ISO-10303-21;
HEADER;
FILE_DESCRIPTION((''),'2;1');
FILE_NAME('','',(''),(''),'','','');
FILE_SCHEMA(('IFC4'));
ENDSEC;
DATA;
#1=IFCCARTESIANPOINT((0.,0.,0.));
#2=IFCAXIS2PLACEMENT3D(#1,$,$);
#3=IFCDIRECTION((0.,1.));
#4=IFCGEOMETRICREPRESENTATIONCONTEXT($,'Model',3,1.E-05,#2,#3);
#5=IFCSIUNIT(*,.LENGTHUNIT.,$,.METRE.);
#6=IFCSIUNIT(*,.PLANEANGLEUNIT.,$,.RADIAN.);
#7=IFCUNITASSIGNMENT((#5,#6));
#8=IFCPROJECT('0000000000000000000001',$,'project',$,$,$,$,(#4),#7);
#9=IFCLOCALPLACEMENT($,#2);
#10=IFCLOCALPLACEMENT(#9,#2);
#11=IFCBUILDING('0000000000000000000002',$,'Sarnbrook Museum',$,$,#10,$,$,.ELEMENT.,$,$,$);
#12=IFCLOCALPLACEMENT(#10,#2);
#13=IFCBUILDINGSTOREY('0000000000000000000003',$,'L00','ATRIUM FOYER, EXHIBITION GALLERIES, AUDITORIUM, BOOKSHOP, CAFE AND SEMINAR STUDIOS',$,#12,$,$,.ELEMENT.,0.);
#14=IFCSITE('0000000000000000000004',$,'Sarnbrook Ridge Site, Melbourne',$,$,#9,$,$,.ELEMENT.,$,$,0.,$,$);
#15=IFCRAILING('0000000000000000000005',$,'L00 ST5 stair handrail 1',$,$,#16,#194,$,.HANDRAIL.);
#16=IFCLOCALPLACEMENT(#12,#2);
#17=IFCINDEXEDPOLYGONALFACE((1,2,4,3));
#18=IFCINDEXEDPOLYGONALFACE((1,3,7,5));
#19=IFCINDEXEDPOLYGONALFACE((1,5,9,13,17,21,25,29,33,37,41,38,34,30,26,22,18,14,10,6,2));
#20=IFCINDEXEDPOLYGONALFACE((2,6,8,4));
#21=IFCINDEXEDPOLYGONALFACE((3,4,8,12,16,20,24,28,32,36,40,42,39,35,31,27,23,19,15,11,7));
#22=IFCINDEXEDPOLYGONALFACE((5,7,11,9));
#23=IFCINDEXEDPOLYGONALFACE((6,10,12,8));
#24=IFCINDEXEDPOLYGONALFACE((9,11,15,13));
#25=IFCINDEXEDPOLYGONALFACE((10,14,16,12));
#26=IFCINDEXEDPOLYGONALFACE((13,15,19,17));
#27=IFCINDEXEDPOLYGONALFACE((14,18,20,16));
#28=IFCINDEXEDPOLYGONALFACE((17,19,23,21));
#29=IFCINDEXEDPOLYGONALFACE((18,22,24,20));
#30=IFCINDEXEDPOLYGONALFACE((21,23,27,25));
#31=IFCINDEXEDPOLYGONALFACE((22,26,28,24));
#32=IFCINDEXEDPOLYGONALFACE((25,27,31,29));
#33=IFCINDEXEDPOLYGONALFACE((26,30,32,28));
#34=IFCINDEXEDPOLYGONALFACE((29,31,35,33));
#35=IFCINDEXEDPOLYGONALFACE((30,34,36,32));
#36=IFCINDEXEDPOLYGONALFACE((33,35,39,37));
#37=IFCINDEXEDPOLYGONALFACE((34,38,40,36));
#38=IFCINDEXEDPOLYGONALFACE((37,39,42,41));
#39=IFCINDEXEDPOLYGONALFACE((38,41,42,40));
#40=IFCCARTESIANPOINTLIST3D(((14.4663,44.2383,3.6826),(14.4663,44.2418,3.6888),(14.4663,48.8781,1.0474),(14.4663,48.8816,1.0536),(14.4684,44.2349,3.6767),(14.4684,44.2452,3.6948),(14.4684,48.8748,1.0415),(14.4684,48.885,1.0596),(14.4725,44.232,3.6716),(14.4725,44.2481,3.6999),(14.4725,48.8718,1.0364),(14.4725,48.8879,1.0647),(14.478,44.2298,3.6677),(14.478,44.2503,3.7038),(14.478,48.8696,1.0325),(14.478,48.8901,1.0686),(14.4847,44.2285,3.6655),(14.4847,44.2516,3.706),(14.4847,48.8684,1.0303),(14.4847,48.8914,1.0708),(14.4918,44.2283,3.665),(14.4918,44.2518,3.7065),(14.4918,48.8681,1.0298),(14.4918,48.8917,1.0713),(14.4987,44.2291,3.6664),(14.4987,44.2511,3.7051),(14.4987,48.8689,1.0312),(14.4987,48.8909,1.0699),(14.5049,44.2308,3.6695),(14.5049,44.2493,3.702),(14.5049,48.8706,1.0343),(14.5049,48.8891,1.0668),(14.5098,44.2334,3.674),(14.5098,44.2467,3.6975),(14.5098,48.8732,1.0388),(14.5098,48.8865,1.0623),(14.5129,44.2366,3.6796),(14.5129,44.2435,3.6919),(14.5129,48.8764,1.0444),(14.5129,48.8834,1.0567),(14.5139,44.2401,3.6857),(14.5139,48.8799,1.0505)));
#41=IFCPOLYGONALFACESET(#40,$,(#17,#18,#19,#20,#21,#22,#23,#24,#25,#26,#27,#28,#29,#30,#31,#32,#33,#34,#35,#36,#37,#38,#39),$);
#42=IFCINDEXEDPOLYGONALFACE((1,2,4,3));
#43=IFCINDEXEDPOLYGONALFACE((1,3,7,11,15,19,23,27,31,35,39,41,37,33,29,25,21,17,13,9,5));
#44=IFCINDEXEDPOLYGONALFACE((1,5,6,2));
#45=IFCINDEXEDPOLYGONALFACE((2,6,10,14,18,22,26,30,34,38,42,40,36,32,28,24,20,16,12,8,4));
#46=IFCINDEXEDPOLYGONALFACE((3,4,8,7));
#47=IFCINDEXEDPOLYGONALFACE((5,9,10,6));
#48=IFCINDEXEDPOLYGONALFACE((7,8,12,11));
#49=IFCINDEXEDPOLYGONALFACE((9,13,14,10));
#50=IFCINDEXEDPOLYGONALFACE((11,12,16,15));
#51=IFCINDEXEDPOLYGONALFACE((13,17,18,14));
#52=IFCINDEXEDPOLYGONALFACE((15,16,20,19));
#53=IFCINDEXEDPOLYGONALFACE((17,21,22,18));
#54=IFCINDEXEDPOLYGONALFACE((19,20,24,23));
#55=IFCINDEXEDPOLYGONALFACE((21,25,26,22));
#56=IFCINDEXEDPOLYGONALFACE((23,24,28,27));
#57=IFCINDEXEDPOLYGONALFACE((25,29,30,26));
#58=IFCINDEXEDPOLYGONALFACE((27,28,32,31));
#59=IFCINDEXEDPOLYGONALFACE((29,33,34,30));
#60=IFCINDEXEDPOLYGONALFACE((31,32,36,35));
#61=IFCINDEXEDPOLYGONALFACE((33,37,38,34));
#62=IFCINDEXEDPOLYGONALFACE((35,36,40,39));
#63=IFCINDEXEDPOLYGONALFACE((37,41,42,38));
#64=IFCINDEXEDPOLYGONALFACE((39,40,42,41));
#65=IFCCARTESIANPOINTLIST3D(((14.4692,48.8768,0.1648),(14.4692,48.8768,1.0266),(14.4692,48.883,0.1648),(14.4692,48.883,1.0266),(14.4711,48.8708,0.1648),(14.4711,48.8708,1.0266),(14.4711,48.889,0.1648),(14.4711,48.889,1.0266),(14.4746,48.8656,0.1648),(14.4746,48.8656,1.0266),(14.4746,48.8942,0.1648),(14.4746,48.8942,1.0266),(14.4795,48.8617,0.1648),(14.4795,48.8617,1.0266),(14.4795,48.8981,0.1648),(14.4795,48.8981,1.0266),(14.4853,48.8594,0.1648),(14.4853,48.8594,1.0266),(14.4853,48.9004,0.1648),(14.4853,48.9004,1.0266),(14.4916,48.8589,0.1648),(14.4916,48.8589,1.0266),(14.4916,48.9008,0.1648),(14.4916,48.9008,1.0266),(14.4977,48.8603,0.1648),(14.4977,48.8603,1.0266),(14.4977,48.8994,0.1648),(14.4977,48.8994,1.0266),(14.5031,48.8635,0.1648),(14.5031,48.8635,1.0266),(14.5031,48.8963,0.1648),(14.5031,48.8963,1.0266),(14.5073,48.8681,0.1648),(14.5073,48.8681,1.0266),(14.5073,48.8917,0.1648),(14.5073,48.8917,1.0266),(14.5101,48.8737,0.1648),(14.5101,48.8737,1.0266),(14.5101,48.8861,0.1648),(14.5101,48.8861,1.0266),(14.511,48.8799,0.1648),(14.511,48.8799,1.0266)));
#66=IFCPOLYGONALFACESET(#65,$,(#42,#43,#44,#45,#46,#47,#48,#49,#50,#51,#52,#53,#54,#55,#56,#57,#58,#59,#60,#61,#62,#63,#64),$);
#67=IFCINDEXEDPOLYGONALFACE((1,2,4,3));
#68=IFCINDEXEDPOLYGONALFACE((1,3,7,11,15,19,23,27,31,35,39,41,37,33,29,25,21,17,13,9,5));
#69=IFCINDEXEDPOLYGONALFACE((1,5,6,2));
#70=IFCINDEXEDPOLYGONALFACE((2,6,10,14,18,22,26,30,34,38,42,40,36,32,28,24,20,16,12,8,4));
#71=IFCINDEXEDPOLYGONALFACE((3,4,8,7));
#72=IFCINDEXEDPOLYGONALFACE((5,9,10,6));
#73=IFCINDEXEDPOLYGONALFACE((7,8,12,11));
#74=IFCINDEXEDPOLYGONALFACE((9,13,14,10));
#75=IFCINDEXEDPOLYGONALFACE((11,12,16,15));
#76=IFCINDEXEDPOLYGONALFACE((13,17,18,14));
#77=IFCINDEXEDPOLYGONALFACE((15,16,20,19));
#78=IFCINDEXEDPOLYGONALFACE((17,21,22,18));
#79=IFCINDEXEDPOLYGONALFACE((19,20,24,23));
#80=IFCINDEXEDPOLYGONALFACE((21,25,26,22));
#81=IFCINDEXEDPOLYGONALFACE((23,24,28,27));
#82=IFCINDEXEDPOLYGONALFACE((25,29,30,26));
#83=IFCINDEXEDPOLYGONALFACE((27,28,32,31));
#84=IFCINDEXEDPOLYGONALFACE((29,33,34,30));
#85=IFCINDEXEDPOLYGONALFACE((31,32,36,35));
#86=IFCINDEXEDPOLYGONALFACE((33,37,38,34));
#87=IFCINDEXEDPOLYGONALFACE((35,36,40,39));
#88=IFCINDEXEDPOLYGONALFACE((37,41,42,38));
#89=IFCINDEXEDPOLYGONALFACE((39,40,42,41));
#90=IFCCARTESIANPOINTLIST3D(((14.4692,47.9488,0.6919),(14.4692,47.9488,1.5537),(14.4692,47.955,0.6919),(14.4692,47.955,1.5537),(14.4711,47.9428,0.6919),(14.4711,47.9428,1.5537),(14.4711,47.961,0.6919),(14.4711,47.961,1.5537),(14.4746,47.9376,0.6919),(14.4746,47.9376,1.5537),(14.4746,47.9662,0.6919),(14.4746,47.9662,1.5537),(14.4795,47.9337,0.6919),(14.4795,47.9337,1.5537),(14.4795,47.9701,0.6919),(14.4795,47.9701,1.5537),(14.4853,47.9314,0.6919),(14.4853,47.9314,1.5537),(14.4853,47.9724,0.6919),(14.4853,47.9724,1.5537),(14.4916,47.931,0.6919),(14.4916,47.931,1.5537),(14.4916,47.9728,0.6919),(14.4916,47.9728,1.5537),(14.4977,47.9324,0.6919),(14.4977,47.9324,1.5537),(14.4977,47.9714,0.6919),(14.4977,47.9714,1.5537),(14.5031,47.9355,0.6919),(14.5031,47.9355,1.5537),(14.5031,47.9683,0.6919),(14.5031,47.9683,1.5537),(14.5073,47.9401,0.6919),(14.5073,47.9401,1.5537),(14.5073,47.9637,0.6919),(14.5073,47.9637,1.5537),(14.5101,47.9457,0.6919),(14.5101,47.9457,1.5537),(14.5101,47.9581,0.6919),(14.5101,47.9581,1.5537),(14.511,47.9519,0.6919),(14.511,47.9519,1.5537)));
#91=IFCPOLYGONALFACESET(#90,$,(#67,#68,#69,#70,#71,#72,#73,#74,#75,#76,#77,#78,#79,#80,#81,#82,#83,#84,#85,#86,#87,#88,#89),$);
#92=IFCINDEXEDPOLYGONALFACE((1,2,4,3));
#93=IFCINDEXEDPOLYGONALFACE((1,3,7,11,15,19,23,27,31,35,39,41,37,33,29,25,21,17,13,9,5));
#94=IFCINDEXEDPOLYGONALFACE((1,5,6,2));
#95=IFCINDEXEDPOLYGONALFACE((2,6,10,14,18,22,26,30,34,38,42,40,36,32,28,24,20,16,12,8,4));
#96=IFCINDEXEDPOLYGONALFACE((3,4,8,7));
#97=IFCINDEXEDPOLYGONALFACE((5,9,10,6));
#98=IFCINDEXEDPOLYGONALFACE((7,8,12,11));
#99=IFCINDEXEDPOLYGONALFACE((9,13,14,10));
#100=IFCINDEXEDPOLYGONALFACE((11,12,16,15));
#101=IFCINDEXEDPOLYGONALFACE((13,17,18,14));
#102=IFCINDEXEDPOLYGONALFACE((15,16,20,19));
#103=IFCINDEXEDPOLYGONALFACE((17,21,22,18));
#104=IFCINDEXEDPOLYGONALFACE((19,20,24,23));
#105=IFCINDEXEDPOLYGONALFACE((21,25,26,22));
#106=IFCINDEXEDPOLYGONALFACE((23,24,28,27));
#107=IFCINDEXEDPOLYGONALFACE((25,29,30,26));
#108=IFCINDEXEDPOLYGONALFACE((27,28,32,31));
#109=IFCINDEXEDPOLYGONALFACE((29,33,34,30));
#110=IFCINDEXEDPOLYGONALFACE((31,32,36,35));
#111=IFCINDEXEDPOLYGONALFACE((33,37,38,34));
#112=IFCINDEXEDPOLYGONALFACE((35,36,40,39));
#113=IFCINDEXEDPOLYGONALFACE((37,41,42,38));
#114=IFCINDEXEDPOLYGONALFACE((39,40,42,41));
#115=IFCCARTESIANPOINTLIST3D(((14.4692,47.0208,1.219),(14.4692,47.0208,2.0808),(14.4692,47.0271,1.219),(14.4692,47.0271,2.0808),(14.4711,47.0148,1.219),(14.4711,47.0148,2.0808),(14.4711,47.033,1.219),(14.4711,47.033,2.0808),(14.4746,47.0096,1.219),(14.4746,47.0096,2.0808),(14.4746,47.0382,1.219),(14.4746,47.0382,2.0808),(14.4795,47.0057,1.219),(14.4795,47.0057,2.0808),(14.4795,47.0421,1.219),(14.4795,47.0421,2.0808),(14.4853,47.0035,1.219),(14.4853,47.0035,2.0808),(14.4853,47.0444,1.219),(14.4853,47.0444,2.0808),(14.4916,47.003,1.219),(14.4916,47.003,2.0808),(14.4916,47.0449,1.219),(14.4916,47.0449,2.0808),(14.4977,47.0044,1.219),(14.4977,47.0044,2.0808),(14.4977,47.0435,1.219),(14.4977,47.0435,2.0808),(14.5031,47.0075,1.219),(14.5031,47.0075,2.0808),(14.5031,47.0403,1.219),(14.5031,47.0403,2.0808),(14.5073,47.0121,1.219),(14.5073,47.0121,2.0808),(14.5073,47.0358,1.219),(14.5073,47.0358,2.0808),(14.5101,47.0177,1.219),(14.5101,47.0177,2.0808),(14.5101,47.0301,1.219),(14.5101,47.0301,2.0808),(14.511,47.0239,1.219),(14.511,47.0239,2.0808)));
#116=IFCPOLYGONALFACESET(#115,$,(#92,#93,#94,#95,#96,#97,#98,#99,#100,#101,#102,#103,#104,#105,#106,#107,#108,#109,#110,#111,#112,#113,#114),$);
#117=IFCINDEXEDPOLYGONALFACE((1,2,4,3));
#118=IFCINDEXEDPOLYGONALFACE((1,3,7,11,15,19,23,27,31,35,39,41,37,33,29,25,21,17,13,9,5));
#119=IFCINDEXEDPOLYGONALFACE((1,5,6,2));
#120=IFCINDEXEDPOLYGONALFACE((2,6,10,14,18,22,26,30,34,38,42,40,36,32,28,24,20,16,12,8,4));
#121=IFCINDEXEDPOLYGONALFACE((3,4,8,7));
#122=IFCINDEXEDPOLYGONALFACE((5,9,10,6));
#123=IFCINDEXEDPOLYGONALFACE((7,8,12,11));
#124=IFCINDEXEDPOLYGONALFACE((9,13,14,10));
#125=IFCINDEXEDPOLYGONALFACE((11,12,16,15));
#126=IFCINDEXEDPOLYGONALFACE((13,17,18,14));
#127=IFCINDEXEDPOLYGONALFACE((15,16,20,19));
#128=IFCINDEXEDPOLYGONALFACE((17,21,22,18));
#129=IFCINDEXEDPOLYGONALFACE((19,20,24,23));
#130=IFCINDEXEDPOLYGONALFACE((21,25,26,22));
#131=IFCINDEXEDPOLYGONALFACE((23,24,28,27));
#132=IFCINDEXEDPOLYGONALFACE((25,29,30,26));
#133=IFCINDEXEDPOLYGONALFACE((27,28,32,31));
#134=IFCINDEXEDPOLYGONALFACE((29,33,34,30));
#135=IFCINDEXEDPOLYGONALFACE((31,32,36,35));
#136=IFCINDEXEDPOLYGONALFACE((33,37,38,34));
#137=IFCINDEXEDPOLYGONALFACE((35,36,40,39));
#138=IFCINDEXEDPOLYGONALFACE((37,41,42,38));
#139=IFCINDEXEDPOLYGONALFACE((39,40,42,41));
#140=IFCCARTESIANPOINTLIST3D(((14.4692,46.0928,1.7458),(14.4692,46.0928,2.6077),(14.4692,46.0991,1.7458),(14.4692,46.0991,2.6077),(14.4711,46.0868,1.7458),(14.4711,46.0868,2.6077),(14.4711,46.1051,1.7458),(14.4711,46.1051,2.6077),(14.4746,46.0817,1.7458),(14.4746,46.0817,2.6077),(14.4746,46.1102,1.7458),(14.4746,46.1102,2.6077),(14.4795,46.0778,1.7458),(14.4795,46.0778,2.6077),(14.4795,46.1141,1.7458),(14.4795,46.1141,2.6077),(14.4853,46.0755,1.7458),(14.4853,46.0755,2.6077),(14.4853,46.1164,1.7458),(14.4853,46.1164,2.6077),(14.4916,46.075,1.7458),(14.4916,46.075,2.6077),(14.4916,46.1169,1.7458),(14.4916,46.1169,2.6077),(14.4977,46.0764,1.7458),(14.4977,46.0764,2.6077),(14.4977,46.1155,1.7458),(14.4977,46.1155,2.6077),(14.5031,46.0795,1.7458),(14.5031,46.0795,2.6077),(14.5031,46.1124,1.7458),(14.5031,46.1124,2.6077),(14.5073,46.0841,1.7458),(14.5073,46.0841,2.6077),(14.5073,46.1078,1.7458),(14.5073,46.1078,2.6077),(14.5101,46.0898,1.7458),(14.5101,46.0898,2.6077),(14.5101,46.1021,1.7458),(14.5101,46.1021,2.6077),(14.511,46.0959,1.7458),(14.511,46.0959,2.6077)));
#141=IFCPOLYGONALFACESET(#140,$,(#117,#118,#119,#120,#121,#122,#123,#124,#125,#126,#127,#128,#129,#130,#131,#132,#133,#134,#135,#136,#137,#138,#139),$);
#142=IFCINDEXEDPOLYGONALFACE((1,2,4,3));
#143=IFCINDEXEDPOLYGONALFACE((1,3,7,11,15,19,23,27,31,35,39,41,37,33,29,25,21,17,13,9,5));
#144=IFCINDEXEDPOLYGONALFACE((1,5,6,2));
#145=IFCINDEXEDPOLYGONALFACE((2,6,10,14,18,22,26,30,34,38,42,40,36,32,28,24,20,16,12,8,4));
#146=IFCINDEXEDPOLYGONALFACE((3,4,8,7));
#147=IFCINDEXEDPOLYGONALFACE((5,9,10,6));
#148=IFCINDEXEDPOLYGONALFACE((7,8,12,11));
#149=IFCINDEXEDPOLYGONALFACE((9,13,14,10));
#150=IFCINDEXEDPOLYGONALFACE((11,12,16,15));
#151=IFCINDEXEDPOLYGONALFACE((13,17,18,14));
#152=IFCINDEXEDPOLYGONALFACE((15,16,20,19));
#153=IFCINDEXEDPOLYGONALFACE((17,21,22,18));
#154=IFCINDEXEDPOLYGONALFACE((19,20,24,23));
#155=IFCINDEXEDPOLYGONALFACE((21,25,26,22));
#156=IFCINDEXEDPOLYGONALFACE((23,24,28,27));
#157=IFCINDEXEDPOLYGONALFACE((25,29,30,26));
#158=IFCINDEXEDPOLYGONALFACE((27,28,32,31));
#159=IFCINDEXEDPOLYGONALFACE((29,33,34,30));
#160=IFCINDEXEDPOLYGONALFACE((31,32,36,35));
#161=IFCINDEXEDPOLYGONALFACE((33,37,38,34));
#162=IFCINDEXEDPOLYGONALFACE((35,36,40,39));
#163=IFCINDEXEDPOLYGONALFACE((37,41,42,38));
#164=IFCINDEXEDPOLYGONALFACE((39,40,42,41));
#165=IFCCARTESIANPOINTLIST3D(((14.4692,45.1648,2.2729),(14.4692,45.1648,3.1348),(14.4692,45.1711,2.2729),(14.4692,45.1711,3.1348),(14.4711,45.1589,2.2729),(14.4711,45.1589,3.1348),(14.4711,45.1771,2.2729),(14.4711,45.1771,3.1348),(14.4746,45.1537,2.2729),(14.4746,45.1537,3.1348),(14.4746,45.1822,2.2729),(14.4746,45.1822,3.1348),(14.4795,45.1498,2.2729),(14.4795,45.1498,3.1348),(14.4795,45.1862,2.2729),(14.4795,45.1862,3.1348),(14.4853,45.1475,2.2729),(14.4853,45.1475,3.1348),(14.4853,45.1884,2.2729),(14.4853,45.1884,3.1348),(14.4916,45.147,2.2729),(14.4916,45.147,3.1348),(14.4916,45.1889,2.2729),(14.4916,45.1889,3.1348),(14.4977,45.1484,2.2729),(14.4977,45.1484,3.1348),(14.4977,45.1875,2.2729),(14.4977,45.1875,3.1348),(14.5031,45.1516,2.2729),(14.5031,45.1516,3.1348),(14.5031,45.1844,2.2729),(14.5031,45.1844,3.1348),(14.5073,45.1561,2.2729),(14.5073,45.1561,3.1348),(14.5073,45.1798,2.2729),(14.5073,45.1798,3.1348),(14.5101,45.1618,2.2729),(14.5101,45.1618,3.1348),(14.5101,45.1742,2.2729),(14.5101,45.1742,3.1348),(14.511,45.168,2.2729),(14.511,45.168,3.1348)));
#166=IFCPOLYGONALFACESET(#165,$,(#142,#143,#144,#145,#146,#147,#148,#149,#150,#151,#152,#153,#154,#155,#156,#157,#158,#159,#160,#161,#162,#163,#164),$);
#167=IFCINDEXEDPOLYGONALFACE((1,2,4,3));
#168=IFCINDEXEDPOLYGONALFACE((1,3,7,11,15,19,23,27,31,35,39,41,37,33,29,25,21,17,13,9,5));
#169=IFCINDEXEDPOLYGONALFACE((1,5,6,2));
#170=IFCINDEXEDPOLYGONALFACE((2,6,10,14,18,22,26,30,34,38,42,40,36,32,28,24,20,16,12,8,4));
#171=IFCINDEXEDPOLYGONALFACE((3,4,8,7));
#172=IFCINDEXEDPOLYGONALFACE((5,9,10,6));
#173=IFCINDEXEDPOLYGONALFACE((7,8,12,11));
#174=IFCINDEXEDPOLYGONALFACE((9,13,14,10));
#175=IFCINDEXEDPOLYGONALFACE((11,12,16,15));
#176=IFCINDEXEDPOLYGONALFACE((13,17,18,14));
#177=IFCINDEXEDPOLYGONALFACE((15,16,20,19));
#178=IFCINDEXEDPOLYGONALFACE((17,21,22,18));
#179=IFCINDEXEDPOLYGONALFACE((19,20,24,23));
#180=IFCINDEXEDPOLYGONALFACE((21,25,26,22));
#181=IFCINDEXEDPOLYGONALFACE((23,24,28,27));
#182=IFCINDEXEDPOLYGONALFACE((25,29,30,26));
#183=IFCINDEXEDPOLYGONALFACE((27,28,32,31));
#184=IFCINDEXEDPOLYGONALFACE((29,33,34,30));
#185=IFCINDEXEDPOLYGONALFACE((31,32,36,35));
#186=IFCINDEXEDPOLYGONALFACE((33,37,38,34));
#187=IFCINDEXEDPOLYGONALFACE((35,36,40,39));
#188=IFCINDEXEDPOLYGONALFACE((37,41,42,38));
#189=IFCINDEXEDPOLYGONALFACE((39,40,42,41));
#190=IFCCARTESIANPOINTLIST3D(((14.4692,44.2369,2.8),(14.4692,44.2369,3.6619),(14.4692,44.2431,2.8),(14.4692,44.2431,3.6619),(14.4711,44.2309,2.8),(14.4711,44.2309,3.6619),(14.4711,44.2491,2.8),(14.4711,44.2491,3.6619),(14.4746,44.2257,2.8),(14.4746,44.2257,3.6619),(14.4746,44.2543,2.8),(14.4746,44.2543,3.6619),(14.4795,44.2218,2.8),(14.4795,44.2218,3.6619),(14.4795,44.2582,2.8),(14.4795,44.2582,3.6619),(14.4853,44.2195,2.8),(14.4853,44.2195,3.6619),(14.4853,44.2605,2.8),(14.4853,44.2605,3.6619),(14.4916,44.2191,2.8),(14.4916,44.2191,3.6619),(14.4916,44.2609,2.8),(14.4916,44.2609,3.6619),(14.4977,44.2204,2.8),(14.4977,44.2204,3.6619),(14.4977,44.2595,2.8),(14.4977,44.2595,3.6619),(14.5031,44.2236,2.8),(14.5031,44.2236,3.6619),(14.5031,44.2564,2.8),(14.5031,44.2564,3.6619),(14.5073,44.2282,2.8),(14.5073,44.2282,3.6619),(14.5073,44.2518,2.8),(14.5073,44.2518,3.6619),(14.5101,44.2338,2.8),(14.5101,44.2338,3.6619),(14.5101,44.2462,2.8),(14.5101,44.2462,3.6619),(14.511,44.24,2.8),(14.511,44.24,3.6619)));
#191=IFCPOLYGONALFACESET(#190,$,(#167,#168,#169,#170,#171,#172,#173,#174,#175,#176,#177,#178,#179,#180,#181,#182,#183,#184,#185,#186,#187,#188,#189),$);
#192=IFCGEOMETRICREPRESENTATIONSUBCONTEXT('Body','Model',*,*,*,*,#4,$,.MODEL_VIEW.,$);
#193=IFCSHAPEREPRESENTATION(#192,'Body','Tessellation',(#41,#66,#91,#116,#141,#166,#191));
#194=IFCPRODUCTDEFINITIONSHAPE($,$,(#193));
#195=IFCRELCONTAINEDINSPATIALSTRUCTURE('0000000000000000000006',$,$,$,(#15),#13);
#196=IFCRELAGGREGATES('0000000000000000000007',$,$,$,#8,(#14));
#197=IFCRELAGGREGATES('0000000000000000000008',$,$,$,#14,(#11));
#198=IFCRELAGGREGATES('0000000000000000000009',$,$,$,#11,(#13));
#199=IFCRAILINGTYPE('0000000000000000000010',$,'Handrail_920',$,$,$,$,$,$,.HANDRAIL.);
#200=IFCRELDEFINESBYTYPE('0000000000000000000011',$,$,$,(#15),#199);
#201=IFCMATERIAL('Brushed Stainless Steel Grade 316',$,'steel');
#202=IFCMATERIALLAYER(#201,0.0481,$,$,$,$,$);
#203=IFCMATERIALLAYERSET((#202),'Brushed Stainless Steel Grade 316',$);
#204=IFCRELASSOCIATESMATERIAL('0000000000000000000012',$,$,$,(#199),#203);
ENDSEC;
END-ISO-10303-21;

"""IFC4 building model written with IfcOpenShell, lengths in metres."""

from ifc_helpers import new_model, si_unit, direction, frame, origin, origin_2d, place, context, subcontext, project, spatial, circle, extrude, material, layer, layer_set, type_object, element, save


model = new_model("IFC4")

# Units and contexts
model_context = context("Model", 3, precision=1e-05, world=origin(), true_north=direction((0.0, 1.0)))
body_context = subcontext(model_context, "Body", "Model", "MODEL_VIEW")
ifc_project = project(units=[si_unit("LENGTHUNIT", "METRE"), si_unit("PLANEANGLEUNIT", "RADIAN")], contexts=[model_context])

# Site, building, storey
site_placement = place(None, origin())
site = spatial("IfcSite", under=ifc_project, at=site_placement, Name="Sarnbrook Ridge Site, Melbourne", CompositionType="ELEMENT", RefElevation=0.0)
building_placement = place(site_placement, origin())
building = spatial("IfcBuilding", under=site, at=building_placement, Name="Sarnbrook Museum", CompositionType="ELEMENT")
storey_placement = place(building_placement, origin())
storey = spatial("IfcBuildingStorey", under=building, at=storey_placement, Name="L00", Description="ATRIUM FOYER, EXHIBITION GALLERIES, AUDITORIUM, BOOKSHOP, CAFE AND SEMINAR STUDIOS", CompositionType="ELEMENT", Elevation=0.0)

# Railing
ifc_material_1 = material(Name="Brushed Stainless Steel Grade 316", Category="steel")
ifc_layer_1 = layer(ifc_material_1, 0.0481)
ifc_layer_set_1 = layer_set([ifc_layer_1], Name="Brushed Stainless Steel Grade 316")
railing_type_1 = type_object("IfcRailingType", Name="Handrail_920", PredefinedType="HANDRAIL", material=ifc_layer_set_1)
railing_1_placement = place(storey_placement, frame((14.49, 48.8799, 0.1648)))
element("IfcRailing", 1, at=railing_1_placement, inside=storey, type_object=railing_type_1, Name="L00 ST5 stair handrail 1", PredefinedType="HANDRAIL", context=body_context, shape_type="SweptSolid", body=[
    extrude(circle(Radius=0.0239, at=origin_2d()), frame((0.0, 0.0, 0.8857), z_axis=(0.0, -0.869541, 0.493861), x_axis=(1.0, 0.0, 0.0)), (0.0, 0.0, 1.0), 5.3359),
    extrude(circle(Radius=0.021, at=origin_2d()), origin(), (0.0, 0.0, 1.0), 0.8618),
    extrude(circle(Radius=0.021, at=origin_2d()), frame((0.0, -0.928, 0.5271)), (0.0, 0.0, 1.0), 0.8618),
    extrude(circle(Radius=0.021, at=origin_2d()), frame((0.0, -1.856, 1.0542)), (0.0, 0.0, 1.0), 0.8618),
    extrude(circle(Radius=0.021, at=origin_2d()), frame((0.0, -2.7839, 1.5811)), (0.0, 0.0, 1.0), 0.8618),
    extrude(circle(Radius=0.021, at=origin_2d()), frame((0.0, -3.7119, 2.1082)), (0.0, 0.0, 1.0), 0.8618),
    extrude(circle(Radius=0.021, at=origin_2d()), frame((0.0, -4.6399, 2.6353)), (0.0, 0.0, 1.0), 0.8618),
])

save(model, "model.ifc")
